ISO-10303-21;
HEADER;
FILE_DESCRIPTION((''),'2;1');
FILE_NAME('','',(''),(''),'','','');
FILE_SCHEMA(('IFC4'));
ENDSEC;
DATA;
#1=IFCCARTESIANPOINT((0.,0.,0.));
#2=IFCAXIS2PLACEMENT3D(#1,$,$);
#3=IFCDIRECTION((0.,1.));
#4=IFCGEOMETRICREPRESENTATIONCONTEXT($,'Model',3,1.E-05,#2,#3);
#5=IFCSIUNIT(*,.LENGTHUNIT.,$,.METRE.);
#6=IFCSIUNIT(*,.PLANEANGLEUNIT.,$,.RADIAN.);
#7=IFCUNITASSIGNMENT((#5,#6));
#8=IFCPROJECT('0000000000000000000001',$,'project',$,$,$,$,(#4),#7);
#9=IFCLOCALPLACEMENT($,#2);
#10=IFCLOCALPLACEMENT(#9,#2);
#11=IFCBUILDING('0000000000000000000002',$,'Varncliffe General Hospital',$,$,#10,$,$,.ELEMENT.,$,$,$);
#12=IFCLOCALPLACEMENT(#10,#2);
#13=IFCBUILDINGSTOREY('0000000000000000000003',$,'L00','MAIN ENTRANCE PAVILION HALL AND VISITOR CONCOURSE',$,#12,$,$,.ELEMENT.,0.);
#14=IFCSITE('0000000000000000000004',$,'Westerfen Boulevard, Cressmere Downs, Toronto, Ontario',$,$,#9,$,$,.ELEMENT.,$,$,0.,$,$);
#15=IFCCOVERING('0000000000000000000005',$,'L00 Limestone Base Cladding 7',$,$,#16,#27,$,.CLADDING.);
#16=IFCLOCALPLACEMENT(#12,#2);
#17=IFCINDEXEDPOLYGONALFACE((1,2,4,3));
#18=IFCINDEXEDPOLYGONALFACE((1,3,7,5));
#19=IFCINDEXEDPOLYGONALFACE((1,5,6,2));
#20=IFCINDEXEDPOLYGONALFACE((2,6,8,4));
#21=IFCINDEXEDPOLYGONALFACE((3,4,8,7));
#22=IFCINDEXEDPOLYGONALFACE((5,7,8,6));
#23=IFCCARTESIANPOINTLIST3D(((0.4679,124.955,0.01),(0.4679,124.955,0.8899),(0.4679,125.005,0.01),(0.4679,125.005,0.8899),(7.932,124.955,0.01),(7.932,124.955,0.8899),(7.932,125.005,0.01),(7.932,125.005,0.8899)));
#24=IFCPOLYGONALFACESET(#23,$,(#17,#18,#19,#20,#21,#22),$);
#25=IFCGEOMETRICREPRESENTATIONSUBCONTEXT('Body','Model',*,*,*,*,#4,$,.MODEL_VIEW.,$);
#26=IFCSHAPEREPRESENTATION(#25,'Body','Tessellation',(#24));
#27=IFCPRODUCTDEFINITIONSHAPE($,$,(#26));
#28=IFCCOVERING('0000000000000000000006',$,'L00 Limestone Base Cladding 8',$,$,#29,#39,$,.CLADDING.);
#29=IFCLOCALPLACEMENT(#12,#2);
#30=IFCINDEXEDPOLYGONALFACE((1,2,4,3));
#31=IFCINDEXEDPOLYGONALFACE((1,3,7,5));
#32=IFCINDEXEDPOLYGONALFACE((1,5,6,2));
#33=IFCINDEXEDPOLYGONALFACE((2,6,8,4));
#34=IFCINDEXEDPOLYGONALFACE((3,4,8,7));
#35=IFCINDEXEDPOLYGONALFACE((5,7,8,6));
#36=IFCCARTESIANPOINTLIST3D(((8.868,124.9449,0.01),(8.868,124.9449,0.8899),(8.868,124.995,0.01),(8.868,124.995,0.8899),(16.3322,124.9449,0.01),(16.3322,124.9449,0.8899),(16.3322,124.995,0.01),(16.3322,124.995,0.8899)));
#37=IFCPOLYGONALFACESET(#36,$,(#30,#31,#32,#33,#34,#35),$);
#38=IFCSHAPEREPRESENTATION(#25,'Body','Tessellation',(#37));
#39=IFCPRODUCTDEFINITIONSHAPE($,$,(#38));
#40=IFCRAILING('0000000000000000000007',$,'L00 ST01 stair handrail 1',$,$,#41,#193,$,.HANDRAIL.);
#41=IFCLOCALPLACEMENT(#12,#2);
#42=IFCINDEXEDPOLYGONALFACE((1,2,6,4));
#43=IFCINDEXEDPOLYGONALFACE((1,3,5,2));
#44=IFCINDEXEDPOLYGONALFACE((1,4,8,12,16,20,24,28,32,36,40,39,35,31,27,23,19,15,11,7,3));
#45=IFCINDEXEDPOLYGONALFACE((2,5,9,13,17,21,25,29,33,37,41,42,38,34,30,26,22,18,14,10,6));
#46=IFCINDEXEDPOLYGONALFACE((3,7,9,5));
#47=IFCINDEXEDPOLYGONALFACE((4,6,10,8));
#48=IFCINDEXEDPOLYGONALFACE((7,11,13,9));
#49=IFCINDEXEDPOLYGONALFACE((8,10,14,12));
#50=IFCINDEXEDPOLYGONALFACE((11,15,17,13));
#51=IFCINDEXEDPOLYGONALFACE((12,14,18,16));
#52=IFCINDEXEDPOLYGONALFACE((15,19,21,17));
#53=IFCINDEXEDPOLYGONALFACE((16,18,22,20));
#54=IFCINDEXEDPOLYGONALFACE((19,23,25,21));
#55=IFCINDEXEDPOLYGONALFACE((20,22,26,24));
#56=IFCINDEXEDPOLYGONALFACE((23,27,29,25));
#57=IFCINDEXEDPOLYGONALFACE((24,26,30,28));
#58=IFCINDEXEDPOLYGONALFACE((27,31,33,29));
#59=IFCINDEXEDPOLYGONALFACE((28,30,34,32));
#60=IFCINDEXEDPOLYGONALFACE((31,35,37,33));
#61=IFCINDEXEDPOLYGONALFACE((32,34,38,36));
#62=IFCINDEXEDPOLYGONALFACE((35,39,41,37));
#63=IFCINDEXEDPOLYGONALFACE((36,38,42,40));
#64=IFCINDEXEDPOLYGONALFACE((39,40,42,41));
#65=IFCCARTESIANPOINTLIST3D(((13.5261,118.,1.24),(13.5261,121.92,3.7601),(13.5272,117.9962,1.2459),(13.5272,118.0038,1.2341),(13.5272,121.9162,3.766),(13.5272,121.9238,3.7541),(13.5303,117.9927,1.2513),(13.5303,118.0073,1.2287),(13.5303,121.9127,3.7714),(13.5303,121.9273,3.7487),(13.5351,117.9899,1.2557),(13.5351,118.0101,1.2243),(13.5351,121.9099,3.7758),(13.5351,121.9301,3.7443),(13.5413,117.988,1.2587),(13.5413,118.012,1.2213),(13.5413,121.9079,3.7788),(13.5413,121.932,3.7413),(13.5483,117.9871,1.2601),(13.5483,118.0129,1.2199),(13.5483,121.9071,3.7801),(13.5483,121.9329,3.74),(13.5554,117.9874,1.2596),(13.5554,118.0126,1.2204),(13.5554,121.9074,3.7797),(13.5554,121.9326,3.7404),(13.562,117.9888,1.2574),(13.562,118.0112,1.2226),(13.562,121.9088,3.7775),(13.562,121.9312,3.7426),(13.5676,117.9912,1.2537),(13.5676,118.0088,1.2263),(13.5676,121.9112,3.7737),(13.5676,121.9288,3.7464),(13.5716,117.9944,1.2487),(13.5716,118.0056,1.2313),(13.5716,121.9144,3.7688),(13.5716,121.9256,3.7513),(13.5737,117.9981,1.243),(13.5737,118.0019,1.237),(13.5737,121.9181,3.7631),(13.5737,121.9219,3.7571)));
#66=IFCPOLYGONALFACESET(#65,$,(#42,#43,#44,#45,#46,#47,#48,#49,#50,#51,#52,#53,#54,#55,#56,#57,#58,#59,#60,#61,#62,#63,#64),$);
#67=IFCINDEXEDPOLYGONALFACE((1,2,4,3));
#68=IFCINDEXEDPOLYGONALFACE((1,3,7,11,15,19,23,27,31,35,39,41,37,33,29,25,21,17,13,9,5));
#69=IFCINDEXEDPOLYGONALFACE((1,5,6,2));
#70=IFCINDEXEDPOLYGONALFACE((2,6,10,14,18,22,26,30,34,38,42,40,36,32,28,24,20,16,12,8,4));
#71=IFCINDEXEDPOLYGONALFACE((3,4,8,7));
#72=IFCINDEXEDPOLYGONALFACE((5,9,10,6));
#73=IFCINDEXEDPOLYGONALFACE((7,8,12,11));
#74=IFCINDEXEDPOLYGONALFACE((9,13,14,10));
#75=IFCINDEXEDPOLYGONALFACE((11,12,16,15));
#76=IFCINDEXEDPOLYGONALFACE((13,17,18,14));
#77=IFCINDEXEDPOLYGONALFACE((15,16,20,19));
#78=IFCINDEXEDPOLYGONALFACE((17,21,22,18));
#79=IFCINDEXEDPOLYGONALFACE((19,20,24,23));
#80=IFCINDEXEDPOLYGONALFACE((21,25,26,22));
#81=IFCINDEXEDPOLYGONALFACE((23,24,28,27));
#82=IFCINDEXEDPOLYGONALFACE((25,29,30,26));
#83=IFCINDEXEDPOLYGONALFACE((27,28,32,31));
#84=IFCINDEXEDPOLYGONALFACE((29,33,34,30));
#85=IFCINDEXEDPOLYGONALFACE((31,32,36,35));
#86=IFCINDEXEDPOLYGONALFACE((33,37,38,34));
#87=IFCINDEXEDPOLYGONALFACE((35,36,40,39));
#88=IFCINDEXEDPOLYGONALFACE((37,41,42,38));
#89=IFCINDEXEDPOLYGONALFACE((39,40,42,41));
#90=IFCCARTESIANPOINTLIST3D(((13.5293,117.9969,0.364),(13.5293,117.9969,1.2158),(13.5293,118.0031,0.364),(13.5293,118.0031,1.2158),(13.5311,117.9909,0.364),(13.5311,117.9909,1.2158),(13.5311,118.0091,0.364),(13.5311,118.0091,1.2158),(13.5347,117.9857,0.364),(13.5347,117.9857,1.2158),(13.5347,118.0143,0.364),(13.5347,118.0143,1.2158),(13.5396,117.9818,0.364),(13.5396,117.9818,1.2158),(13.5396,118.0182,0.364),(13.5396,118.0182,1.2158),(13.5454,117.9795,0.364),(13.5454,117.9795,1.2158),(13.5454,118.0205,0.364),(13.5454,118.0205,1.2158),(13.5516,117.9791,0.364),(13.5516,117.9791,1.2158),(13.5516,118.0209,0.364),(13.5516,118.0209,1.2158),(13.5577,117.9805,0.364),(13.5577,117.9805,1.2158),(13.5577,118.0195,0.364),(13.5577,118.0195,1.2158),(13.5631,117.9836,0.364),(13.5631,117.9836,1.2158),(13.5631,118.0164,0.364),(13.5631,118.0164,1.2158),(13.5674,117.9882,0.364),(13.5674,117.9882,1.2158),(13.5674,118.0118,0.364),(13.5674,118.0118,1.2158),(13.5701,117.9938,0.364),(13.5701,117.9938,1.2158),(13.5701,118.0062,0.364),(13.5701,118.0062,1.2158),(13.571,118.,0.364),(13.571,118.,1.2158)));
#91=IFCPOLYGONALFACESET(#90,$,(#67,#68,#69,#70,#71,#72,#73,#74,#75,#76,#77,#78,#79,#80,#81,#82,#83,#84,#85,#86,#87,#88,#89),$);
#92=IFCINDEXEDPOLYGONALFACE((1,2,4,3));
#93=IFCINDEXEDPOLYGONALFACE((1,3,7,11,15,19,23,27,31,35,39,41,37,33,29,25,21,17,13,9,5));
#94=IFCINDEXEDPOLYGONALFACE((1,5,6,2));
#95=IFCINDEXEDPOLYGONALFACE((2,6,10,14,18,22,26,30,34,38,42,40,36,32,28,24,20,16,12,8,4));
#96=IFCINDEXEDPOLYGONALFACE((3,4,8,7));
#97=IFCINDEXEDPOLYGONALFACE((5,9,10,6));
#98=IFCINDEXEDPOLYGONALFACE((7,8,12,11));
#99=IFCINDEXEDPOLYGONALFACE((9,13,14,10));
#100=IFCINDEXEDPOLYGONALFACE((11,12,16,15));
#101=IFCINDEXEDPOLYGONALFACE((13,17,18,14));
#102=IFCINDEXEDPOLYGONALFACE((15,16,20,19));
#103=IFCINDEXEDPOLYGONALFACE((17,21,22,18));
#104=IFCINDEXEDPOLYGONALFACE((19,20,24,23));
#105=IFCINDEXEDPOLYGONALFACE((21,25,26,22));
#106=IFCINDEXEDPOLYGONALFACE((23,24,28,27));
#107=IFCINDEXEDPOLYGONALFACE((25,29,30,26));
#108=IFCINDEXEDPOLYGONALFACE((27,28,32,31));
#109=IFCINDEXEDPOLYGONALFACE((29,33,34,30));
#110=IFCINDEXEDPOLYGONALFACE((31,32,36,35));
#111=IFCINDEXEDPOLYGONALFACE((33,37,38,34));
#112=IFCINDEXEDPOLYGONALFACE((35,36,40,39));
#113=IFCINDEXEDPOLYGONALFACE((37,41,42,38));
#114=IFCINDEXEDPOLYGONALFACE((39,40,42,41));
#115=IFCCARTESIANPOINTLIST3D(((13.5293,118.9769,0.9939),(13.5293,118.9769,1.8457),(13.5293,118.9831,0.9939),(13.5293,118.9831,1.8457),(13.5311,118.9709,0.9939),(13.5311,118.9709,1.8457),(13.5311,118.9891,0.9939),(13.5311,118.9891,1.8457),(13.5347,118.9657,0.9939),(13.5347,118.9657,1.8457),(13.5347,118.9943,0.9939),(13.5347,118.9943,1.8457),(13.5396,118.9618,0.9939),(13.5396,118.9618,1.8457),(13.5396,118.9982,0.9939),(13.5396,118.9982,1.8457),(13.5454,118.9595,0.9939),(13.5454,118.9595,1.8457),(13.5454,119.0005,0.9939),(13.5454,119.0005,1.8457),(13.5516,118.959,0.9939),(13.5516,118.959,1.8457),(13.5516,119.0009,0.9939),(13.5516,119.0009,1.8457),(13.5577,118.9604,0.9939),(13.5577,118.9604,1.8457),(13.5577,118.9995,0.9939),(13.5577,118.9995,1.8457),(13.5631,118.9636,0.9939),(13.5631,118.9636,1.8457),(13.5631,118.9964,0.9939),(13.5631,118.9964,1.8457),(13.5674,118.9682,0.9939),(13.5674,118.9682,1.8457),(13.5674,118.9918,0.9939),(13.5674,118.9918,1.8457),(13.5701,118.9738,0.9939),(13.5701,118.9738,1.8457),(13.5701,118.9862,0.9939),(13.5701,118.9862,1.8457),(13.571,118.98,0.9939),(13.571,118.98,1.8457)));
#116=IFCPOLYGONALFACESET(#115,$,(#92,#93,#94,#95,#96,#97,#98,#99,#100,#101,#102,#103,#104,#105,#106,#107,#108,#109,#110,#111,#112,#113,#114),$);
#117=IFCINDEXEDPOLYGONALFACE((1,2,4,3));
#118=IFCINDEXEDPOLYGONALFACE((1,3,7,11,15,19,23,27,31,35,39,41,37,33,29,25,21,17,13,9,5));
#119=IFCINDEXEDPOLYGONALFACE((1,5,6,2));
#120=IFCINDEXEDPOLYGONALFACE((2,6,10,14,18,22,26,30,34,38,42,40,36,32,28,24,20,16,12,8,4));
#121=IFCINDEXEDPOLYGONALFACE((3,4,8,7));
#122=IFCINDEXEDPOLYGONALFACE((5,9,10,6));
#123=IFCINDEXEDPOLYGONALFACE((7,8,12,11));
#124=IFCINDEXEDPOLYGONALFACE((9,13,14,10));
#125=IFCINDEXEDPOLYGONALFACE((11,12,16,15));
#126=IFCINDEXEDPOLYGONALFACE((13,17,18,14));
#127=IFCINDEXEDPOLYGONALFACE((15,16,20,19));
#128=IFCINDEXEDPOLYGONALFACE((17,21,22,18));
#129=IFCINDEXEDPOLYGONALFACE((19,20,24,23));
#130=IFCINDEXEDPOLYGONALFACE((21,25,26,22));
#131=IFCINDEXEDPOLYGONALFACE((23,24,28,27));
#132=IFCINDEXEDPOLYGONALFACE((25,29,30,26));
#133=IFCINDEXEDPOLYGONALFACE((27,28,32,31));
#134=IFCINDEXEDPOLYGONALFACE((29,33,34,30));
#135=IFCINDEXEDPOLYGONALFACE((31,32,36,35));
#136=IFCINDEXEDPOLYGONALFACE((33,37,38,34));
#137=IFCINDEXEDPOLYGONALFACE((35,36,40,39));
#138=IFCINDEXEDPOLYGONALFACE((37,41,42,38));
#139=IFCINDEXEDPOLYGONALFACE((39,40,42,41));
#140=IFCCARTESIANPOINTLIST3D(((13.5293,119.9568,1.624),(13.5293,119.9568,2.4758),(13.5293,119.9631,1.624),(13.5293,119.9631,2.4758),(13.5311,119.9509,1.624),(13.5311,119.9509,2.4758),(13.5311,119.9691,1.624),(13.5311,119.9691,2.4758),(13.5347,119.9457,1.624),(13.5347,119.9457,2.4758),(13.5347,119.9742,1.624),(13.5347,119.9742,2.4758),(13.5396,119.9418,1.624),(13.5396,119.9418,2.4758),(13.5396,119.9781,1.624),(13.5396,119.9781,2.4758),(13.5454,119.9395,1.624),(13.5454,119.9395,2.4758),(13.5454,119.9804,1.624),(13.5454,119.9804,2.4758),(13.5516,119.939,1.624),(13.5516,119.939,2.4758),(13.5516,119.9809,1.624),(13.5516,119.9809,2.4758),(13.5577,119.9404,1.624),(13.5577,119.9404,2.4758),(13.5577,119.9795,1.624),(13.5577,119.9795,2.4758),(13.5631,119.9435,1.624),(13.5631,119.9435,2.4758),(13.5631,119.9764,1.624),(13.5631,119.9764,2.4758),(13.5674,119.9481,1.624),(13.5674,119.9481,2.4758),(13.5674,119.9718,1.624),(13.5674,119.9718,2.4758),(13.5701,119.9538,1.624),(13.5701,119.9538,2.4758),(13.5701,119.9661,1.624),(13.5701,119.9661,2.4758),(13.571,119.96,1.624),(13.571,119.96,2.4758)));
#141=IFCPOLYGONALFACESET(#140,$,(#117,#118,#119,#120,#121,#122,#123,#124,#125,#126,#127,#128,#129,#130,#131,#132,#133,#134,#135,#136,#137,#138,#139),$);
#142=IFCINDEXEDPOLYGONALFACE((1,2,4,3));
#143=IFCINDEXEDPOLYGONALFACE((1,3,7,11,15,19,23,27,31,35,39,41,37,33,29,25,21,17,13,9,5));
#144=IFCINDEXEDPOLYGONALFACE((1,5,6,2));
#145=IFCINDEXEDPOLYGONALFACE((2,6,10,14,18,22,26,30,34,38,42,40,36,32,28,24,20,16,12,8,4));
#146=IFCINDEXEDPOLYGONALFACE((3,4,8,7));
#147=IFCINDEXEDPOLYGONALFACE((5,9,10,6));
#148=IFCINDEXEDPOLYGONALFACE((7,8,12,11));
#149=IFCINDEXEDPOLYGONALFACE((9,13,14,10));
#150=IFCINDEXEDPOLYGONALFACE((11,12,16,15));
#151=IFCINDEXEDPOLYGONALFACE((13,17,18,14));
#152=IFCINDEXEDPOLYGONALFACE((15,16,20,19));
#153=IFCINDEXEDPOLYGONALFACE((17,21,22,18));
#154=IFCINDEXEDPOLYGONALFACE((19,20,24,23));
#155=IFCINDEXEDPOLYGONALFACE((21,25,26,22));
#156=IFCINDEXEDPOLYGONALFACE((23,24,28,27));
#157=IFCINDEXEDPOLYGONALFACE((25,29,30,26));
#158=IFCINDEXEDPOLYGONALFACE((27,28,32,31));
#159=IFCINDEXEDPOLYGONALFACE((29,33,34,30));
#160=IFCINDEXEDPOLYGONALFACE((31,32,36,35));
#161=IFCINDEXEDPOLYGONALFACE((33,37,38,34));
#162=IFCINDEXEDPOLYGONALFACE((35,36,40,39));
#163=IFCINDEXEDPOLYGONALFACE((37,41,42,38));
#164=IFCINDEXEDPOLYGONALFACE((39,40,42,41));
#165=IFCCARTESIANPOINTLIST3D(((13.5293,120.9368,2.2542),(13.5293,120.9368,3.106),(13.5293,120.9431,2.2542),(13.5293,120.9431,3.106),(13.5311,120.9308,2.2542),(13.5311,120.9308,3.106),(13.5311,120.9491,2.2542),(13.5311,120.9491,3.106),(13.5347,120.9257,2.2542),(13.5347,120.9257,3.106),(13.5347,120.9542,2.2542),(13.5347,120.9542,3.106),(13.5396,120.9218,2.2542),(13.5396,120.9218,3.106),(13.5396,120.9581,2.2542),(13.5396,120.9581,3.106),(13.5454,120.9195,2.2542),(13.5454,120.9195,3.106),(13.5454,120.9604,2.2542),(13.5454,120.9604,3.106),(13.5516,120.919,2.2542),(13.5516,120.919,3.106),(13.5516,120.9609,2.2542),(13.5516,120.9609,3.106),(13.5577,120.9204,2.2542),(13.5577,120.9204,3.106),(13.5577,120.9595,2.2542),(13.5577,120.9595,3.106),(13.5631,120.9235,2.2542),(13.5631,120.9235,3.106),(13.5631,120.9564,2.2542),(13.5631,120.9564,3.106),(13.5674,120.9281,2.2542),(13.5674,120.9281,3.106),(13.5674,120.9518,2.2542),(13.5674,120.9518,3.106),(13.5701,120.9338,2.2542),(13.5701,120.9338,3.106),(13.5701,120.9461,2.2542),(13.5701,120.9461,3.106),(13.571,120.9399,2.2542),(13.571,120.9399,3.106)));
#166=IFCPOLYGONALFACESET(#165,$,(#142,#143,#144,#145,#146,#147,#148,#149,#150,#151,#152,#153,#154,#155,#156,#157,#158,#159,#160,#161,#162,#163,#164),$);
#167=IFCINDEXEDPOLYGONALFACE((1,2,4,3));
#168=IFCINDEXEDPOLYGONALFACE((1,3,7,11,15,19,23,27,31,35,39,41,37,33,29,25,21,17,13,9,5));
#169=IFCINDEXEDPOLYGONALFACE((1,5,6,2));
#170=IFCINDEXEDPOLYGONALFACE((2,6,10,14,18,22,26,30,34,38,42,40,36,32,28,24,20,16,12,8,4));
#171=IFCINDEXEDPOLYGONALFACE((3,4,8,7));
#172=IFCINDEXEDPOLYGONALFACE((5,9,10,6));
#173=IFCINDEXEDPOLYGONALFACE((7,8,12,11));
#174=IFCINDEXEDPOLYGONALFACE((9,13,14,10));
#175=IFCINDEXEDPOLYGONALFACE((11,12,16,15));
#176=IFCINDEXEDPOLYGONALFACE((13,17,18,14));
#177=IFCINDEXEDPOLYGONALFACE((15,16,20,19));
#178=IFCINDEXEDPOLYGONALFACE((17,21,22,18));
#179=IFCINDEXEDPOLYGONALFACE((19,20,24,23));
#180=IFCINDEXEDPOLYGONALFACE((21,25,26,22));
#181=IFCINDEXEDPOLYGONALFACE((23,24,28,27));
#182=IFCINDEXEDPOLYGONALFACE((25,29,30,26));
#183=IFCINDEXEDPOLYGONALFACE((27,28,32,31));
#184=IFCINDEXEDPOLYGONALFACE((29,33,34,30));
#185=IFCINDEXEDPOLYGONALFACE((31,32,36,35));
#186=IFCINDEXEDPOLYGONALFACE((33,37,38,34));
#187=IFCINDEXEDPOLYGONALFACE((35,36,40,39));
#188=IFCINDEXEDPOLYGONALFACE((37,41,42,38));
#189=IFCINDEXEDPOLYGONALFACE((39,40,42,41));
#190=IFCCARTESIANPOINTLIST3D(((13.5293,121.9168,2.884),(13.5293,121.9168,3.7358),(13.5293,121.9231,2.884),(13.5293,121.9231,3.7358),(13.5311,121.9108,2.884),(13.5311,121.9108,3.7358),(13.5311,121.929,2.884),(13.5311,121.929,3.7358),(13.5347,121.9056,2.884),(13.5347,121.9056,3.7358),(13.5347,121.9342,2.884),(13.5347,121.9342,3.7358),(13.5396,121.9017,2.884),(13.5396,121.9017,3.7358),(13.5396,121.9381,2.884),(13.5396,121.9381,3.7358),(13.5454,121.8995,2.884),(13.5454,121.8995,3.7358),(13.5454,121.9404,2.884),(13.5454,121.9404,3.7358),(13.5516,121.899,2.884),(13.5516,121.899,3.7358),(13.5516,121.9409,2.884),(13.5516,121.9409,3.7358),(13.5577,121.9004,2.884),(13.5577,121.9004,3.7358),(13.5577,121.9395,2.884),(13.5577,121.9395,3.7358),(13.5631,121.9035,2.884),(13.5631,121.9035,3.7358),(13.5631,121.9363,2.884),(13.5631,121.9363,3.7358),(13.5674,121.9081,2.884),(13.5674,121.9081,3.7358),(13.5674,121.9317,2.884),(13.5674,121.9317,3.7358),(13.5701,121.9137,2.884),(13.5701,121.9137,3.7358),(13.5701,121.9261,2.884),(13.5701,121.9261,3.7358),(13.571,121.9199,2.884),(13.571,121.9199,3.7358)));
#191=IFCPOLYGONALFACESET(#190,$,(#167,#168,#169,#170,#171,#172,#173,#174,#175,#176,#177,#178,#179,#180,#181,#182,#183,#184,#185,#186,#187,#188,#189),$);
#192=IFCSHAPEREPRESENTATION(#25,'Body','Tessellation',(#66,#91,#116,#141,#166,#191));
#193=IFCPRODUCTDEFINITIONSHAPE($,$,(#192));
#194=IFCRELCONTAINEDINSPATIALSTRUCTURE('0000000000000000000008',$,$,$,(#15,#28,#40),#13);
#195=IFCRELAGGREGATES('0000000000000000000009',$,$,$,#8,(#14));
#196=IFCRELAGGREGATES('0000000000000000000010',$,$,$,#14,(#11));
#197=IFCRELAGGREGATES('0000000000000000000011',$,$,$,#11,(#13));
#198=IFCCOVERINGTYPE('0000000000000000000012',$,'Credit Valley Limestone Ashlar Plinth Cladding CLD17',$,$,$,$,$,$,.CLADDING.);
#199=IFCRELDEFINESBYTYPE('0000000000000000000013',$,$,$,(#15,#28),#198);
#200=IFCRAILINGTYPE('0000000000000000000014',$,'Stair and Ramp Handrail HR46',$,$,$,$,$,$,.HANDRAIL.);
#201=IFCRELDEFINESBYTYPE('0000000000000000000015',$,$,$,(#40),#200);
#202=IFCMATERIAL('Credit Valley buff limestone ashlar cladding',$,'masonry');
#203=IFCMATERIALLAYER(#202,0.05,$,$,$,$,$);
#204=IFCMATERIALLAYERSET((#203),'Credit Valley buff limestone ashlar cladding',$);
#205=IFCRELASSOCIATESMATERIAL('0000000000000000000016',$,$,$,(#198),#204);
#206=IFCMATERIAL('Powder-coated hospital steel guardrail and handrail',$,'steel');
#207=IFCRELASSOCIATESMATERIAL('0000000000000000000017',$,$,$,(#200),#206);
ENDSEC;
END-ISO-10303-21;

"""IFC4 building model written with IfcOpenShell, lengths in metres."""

from ifc_helpers import new_model, si_unit, direction, frame, origin, origin_2d, place, context, subcontext, project, spatial, rectangle, circle, extrude, material, layer, layer_set, type_object, element, save


model = new_model("IFC4")

# Units and contexts
model_context = context("Model", 3, precision=1e-05, world=origin(), true_north=direction((0.0, 1.0)))
body_context = subcontext(model_context, "Body", "Model", "MODEL_VIEW")
ifc_project = project(units=[si_unit("LENGTHUNIT", "METRE"), si_unit("PLANEANGLEUNIT", "RADIAN")], contexts=[model_context])

# Site, building, storey
site_placement = place(None, origin())
site = spatial("IfcSite", under=ifc_project, at=site_placement, Name="Westerfen Boulevard, Cressmere Downs, Toronto, Ontario", CompositionType="ELEMENT", RefElevation=0.0)
building_placement = place(site_placement, origin())
building = spatial("IfcBuilding", under=site, at=building_placement, Name="Varncliffe General Hospital", CompositionType="ELEMENT")
storey_placement = place(building_placement, origin())
storey = spatial("IfcBuildingStorey", under=building, at=storey_placement, Name="L00", Description="MAIN ENTRANCE PAVILION HALL AND VISITOR CONCOURSE", CompositionType="ELEMENT", Elevation=0.0)

# Coverings
ifc_material_1 = material(Name="Credit Valley buff limestone ashlar cladding", Category="masonry")
ifc_layer_1 = layer(ifc_material_1, 0.05)
ifc_layer_set_1 = layer_set([ifc_layer_1], Name="Credit Valley buff limestone ashlar cladding")
covering_type = type_object("IfcCoveringType", Name="Credit Valley Limestone Ashlar Plinth Cladding CLD17", PredefinedType="CLADDING", material=ifc_layer_set_1)
for number, where, z_axis, x_axis, name in (
    (1, (4.2, 124.98, 0.01), (0.0, 0.0, 1.0), (1.0, 0.0, 0.0), "L00 Limestone Base Cladding 7"),
    (2, (12.6001, 124.97, 0.01), (0.0, 0.0, 1.0), (1.0, 0.0, 0.0), "L00 Limestone Base Cladding 8"),
):
    element("IfcCovering", number, at=place(storey_placement, frame(where, z_axis=z_axis, x_axis=x_axis)), inside=storey, type_object=covering_type, Name=name, PredefinedType="CLADDING", context=body_context, shape_type="SweptSolid", body=[
        extrude(rectangle(XDim=7.4641, YDim=0.05, at=origin_2d()), origin(), (0.0, 0.0, 1.0), 0.8799),
    ])

# Railing
ifc_material_2 = material(Name="Powder-coated hospital steel guardrail and handrail", Category="steel")
railing_type_1 = type_object("IfcRailingType", Name="Stair and Ramp Handrail HR46", PredefinedType="HANDRAIL", material=ifc_material_2)
railing_1_placement = place(storey_placement, frame((13.55, 118.0, 0.364)))
element("IfcRailing", 3, at=railing_1_placement, inside=storey, type_object=railing_type_1, Name="L00 ST01 stair handrail 1", PredefinedType="HANDRAIL", context=body_context, shape_type="SweptSolid", body=[
    extrude(circle(Radius=0.0239, at=origin_2d()), frame((0.0, 0.0, 0.876), z_axis=(0.0, 0.841172, 0.540768), x_axis=(-1.0, 0.0, 0.0)), (0.0, 0.0, 1.0), 4.6602),
    extrude(circle(Radius=0.021, at=origin_2d()), origin(), (0.0, 0.0, 1.0), 0.8518),
    extrude(circle(Radius=0.021, at=origin_2d()), frame((0.0, 0.98, 0.6299)), (0.0, 0.0, 1.0), 0.8518),
    extrude(circle(Radius=0.021, at=origin_2d()), frame((0.0, 1.96, 1.26)), (0.0, 0.0, 1.0), 0.8518),
    extrude(circle(Radius=0.021, at=origin_2d()), frame((0.0, 2.9399, 1.8901)), (0.0, 0.0, 1.0), 0.8518),
    extrude(circle(Radius=0.021, at=origin_2d()), frame((0.0, 3.9199, 2.52)), (0.0, 0.0, 1.0), 0.8518),
])

save(model, "model.ifc")
